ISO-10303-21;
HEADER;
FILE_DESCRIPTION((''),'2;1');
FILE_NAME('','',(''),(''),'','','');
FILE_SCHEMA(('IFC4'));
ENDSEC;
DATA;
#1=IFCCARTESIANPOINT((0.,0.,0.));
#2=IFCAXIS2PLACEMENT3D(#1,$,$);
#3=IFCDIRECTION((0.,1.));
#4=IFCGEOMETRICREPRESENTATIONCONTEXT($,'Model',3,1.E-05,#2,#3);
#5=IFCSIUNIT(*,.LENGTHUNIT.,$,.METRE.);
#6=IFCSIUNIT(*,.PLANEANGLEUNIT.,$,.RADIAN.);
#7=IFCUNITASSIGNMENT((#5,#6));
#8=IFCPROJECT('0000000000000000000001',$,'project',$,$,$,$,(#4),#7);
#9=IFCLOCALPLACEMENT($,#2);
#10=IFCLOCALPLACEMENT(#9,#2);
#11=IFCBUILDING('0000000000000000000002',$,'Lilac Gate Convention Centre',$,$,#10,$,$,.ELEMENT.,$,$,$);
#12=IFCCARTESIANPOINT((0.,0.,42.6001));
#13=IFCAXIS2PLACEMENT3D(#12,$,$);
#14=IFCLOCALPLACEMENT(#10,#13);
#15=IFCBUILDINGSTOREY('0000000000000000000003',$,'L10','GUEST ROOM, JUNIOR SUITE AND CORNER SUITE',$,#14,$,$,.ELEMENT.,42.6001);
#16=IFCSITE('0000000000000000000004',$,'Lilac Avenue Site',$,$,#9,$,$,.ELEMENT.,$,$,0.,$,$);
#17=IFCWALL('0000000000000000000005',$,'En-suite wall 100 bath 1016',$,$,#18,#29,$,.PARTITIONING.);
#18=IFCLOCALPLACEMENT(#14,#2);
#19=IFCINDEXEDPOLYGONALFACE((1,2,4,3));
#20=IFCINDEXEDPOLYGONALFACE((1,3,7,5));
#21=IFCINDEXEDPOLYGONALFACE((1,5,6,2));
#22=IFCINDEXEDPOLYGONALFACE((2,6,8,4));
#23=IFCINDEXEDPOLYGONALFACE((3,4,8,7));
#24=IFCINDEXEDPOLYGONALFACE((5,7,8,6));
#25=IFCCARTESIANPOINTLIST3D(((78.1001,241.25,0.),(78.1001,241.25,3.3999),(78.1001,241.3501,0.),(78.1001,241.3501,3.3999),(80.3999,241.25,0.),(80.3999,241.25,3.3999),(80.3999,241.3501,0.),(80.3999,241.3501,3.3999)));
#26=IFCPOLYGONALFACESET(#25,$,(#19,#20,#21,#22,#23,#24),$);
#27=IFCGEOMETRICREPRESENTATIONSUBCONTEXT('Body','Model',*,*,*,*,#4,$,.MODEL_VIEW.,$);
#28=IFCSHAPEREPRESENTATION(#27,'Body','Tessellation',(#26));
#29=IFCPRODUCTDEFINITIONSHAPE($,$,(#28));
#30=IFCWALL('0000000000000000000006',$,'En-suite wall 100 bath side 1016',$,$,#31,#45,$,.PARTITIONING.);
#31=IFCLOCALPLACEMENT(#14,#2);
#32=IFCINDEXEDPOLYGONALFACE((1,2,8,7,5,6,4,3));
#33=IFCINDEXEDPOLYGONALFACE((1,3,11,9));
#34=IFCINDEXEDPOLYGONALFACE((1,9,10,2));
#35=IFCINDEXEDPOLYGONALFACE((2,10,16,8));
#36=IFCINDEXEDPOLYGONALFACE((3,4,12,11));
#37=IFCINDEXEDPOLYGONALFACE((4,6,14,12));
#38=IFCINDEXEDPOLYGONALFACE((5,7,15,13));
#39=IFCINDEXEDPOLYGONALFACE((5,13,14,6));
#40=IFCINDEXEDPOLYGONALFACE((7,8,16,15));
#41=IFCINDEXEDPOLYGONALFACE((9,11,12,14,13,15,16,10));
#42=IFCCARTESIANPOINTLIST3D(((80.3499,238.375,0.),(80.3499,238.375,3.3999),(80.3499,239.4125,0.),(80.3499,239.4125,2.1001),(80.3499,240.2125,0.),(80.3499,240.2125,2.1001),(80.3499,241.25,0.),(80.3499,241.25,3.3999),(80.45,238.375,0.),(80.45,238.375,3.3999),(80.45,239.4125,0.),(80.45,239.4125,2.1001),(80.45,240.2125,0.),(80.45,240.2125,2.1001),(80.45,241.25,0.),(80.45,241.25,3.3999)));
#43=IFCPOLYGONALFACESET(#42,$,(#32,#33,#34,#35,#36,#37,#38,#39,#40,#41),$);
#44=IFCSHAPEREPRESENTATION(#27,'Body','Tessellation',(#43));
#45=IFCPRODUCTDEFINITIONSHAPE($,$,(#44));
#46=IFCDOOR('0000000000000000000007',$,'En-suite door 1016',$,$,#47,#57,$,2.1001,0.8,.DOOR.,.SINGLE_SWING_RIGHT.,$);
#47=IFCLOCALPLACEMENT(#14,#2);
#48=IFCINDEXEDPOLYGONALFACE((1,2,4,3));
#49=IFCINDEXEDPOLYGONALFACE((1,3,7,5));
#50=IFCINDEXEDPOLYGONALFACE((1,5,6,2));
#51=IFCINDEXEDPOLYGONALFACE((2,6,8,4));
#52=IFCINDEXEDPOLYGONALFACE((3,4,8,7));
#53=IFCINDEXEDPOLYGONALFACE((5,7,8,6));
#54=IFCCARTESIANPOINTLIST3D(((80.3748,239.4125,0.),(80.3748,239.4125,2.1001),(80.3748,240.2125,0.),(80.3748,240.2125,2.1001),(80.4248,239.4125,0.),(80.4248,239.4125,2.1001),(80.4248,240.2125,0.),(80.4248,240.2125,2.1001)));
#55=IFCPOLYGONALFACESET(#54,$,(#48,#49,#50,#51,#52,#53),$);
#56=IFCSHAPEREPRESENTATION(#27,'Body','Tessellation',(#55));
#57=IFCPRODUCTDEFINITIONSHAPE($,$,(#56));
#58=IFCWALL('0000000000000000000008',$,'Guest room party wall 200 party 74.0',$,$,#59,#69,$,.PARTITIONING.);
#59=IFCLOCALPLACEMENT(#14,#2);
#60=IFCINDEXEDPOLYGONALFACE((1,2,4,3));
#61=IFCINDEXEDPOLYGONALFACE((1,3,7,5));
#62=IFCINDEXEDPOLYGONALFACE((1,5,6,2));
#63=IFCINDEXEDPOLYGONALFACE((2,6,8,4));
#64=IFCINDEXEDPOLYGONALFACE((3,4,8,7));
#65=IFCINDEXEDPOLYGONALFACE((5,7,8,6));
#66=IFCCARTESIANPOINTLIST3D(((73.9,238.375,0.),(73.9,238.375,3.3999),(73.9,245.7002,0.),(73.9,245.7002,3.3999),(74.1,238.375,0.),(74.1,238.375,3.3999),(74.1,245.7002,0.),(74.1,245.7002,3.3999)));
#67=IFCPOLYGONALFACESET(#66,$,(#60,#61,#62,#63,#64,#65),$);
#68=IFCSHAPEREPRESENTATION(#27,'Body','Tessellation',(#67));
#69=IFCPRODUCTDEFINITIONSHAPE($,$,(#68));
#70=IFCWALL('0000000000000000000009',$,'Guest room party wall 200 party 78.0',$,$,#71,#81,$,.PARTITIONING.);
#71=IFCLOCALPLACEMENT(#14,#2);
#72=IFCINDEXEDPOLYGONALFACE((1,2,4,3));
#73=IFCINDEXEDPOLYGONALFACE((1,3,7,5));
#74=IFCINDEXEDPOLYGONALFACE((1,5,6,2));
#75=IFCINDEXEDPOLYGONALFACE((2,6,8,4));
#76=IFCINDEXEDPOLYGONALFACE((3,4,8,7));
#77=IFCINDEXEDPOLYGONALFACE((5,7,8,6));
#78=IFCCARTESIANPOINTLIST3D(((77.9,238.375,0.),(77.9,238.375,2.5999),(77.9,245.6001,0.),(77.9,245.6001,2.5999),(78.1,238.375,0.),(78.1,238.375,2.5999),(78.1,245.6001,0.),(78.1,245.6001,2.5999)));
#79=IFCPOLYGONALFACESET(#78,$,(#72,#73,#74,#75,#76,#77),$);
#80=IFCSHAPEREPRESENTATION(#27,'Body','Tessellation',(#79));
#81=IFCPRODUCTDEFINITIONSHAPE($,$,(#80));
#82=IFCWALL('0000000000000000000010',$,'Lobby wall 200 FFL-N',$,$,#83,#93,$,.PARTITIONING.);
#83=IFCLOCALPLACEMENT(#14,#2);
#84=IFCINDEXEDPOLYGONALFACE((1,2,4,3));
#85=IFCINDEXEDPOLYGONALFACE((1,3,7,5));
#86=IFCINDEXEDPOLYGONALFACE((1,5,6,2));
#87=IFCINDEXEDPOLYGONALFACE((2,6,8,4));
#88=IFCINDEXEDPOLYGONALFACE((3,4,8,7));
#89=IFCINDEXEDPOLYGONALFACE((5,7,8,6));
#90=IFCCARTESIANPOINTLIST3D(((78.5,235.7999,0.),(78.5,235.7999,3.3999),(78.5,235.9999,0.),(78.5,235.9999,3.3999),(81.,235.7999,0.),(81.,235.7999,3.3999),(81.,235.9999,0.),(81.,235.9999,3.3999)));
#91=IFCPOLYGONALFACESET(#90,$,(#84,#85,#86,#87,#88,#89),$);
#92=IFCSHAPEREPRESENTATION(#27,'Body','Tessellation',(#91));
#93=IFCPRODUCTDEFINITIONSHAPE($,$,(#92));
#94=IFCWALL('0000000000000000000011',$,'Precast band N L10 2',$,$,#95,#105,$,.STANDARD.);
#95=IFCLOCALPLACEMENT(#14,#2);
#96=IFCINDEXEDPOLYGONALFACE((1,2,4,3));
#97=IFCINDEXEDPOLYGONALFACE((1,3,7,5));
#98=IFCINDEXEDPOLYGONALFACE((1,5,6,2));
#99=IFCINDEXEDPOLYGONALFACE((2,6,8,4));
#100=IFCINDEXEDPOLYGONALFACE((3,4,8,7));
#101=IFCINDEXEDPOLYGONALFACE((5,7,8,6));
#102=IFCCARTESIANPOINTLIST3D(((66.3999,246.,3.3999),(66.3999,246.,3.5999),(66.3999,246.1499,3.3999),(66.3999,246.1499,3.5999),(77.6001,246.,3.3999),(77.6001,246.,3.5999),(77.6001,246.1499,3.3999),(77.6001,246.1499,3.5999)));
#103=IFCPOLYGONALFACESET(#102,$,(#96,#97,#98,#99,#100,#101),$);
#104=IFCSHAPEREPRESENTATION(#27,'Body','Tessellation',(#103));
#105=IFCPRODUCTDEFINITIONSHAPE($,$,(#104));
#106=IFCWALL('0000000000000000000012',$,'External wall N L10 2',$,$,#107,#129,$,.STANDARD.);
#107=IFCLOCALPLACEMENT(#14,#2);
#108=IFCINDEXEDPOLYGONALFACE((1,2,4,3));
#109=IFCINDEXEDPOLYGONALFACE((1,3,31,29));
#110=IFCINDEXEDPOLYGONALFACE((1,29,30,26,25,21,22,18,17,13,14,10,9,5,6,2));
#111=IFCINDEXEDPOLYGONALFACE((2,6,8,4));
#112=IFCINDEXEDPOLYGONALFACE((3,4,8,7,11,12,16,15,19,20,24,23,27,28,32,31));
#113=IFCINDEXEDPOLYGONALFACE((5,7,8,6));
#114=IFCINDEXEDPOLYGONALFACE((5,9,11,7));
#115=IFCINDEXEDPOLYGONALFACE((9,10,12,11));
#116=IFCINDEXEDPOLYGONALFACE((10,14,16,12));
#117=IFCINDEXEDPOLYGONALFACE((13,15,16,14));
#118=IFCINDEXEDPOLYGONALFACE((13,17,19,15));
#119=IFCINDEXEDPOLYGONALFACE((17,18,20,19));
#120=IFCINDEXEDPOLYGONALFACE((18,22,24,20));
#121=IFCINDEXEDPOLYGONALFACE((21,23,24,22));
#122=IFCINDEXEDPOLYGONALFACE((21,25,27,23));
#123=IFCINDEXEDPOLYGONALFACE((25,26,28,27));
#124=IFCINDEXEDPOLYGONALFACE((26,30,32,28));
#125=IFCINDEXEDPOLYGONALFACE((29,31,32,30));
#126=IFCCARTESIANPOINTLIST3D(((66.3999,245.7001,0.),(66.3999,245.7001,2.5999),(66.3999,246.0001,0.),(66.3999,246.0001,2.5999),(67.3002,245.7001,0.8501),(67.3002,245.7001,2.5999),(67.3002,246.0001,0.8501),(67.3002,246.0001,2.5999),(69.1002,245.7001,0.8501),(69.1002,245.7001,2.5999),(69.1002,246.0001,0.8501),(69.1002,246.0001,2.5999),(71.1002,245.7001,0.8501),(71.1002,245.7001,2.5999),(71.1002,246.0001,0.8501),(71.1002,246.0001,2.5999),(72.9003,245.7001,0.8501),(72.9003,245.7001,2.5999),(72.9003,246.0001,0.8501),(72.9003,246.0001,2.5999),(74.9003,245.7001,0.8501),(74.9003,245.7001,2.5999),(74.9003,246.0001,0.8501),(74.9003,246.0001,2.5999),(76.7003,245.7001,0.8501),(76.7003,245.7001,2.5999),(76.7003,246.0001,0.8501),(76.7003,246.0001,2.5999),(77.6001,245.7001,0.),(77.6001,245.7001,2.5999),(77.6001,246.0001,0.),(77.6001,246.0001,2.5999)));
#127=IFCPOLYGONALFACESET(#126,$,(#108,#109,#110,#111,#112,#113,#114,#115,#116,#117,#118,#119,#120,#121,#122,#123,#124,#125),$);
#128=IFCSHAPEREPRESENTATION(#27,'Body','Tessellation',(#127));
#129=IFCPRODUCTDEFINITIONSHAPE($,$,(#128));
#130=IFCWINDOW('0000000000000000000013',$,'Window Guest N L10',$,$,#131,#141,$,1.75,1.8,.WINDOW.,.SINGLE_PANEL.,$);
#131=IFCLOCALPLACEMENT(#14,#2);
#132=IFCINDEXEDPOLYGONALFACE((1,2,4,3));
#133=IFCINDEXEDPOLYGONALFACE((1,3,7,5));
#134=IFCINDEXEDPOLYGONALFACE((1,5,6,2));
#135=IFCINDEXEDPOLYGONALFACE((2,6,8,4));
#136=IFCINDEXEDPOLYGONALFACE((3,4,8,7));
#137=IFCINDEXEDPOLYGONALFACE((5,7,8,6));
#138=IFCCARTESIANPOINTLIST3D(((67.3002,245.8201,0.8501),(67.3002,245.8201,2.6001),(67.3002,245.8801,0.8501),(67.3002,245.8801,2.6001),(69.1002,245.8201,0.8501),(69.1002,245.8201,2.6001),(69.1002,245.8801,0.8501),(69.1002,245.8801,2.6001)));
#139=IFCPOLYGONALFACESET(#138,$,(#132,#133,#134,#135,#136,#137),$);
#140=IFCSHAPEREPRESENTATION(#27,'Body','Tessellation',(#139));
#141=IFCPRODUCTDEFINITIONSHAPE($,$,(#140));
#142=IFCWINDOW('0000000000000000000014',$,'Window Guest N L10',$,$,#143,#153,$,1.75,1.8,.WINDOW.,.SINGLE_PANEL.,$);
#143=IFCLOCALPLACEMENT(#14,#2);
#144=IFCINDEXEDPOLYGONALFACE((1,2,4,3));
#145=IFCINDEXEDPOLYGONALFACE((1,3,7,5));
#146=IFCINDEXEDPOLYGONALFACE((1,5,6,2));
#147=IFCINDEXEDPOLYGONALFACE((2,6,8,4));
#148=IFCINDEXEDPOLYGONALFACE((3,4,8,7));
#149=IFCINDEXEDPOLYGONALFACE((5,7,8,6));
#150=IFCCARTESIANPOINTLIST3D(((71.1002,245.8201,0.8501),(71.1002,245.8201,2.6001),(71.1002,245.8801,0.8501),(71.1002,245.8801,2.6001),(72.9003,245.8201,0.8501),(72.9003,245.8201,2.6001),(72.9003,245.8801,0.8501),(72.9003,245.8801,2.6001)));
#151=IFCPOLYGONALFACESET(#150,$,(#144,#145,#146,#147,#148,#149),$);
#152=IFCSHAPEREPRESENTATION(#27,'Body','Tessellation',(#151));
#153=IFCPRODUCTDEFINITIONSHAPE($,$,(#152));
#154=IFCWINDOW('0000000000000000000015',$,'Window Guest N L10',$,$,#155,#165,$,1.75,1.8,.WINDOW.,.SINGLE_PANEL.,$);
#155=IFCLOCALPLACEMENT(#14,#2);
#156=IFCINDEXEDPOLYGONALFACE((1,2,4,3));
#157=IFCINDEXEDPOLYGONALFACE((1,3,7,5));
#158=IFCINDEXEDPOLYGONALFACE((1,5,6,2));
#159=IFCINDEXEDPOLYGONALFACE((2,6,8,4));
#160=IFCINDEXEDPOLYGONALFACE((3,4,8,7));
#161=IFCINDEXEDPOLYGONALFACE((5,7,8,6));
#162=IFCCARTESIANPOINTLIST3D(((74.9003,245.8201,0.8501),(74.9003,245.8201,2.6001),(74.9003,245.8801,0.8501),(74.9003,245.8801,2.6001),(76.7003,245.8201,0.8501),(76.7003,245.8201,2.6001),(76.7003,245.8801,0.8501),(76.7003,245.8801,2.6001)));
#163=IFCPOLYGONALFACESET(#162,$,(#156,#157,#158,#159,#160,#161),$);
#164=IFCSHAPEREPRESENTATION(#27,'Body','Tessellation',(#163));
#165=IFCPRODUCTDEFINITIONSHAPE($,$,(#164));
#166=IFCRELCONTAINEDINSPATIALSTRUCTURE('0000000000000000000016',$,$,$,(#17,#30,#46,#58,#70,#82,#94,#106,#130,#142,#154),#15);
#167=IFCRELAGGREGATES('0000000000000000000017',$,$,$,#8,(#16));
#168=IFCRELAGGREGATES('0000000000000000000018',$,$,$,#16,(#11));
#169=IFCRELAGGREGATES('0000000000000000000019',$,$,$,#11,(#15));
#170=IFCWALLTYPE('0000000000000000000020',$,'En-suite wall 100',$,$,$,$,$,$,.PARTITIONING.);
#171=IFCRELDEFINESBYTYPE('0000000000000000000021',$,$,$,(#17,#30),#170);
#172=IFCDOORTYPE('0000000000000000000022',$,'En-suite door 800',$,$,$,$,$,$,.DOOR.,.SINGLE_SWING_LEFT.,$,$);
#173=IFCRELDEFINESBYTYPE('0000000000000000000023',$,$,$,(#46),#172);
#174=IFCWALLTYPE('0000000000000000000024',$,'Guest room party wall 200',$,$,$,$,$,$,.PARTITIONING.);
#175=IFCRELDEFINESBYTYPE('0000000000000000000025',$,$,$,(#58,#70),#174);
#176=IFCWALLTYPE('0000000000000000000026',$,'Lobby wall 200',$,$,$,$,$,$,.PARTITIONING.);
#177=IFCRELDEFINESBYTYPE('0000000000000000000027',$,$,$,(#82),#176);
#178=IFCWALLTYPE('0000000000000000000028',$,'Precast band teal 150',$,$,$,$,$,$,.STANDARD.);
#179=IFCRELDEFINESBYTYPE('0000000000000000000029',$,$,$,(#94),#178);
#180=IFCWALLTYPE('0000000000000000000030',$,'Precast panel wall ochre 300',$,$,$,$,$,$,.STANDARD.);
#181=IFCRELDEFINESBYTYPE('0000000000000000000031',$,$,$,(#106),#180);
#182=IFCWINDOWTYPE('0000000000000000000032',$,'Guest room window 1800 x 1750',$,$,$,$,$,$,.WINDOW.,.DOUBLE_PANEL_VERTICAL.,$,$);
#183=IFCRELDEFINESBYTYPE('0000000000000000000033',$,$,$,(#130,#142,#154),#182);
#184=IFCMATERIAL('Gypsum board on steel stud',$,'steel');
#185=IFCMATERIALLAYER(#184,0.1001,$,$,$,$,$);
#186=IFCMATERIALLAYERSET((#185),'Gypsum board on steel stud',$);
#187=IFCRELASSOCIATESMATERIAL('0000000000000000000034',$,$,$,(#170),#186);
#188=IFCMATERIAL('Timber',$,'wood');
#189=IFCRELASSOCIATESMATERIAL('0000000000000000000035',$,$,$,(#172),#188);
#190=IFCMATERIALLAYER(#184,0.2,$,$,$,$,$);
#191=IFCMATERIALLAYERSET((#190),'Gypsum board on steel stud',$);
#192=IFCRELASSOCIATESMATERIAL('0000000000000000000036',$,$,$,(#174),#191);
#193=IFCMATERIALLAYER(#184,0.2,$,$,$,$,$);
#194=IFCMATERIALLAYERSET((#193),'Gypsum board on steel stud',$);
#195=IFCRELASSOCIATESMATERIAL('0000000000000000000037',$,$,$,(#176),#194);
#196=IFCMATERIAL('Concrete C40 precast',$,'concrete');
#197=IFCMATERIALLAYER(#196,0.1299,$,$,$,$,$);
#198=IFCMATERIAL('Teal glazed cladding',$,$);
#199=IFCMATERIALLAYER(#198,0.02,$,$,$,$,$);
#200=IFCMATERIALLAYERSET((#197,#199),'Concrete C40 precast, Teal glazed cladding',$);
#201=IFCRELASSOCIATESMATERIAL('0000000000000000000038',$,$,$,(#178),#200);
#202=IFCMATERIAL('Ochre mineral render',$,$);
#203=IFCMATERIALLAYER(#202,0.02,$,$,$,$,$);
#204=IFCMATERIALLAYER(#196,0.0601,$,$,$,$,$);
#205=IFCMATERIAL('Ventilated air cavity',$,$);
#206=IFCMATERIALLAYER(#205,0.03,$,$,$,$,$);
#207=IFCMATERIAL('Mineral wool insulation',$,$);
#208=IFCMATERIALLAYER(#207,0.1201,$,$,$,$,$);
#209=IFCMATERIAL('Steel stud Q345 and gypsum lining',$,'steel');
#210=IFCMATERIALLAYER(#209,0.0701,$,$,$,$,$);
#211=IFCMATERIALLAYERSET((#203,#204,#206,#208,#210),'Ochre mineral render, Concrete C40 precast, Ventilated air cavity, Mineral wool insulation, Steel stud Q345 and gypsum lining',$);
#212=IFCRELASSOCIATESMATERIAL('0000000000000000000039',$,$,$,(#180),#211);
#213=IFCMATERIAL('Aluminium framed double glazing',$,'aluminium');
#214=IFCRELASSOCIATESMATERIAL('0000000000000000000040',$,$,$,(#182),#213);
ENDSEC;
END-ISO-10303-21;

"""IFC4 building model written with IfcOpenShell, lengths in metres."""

from ifc_helpers import new_model, si_unit, direction, frame, frame_2d, origin, place, context, subcontext, project, spatial, rectangle, extrude, material, layer, layer_set, type_object, element, fill, save


model = new_model("IFC4")

# Units and contexts
model_context = context("Model", 3, precision=1e-05, world=origin(), true_north=direction((0.0, 1.0)))
body_context = subcontext(model_context, "Body", "Model", "MODEL_VIEW")
ifc_project = project(units=[si_unit("LENGTHUNIT", "METRE"), si_unit("PLANEANGLEUNIT", "RADIAN")], contexts=[model_context])

# Site, building, storey
site_placement = place(None, origin())
site = spatial("IfcSite", under=ifc_project, at=site_placement, Name="Lilac Avenue Site", CompositionType="ELEMENT", RefElevation=0.0)
building_placement = place(site_placement, origin())
building = spatial("IfcBuilding", under=site, at=building_placement, Name="Lilac Gate Convention Centre", CompositionType="ELEMENT")
storey_placement = place(building_placement, frame((0.0, 0.0, 42.6001)))
storey = spatial("IfcBuildingStorey", under=building, at=storey_placement, Name="L10", Description="GUEST ROOM, JUNIOR SUITE AND CORNER SUITE", CompositionType="ELEMENT", Elevation=42.6001)

# Shared definitions
ifc_material_1 = material(Name="Gypsum board on steel stud", Category="steel")
ifc_material_2 = material(Name="Timber", Category="wood")

# Shared definitions
ifc_layer_1 = layer(ifc_material_1, 0.1001)
ifc_layer_set_1 = layer_set([ifc_layer_1], Name="Gypsum board on steel stud")
wall_type_1 = type_object("IfcWallType", Name="En-suite wall 100", PredefinedType="PARTITIONING", material=ifc_layer_set_1)

# Shared definitions
door_type_1 = type_object("IfcDoorType", Name="En-suite door 800", OperationType="SINGLE_SWING_LEFT", PredefinedType="DOOR", material=ifc_material_2)

# Wall
wall_1_placement = place(storey_placement, frame((78.1001, 241.3, 0.0), z_axis=(0.0, 0.0, 1.0), x_axis=(1.0, 0.0, 0.0)))
element("IfcWall", 1, at=wall_1_placement, inside=storey, type_object=wall_type_1, Name="En-suite wall 100 bath 1016", PredefinedType="PARTITIONING", context=body_context, shape_type="SweptSolid", body=[
    extrude(rectangle(XDim=2.2998, YDim=0.1001, at=frame_2d((1.1499, 0.0))), origin(), (0.0, 0.0, 1.0), 3.3999),
])

# Wall, opening, door
wall_2_placement = place(storey_placement, frame((80.3999, 241.25, 0.0), z_axis=(0.0, 0.0, 1.0), x_axis=(0.0, -1.0, 0.0)))
wall_2 = element("IfcWall", 2, at=wall_2_placement, inside=storey, type_object=wall_type_1, Name="En-suite wall 100 bath side 1016", PredefinedType="PARTITIONING", context=body_context, shape_type="SweptSolid", body=[
    extrude(rectangle(XDim=2.875, YDim=0.1001, at=frame_2d((1.4375, 0.0))), origin(), (0.0, 0.0, 1.0), 3.3999),
])
opening_1_placement = place(wall_2_placement, frame((1.0376, 0.0, 0.0)))
opening_1 = element("IfcOpeningElement", 3, at=opening_1_placement, cuts=wall_2, PredefinedType="OPENING", context=body_context, shape_type="SweptSolid", body=[
    extrude(rectangle(XDim=0.8, YDim=2.1001, at=frame_2d((0.3999, 1.05))), frame((0.0, 0.0601, 0.0), z_axis=(0.0, -1.0, 0.0), x_axis=(1.0, 0.0, 0.0)), (0.0, 0.0, 1.0), 0.1201),
])
door_1_placement = place(opening_1_placement, origin())
door_1 = element("IfcDoor", 4, at=door_1_placement, inside=storey, type_object=door_type_1, Name="En-suite door 1016", OperationType="SINGLE_SWING_RIGHT", OverallHeight=2.1001, OverallWidth=0.8, PredefinedType="DOOR", context=body_context, shape_type="SweptSolid", body=[
    extrude(rectangle(XDim=0.8, YDim=2.1001, at=frame_2d((0.3999, 1.05))), frame((0.0, 0.0249, 0.0), z_axis=(0.0, -1.0, 0.0), x_axis=(1.0, 0.0, 0.0)), (0.0, 0.0, 1.0), 0.05),
])
fill(opening_1, door_1)

# Walls
ifc_layer_2 = layer(ifc_material_1, 0.2)
ifc_layer_set_2 = layer_set([ifc_layer_2], Name="Gypsum board on steel stud")
wall_type_2 = type_object("IfcWallType", Name="Guest room party wall 200", PredefinedType="PARTITIONING", material=ifc_layer_set_2)
wall_3_placement = place(storey_placement, frame((74.0, 245.7002, 0.0), z_axis=(0.0, 0.0, 1.0), x_axis=(0.0, -1.0, 0.0)))
element("IfcWall", 5, at=wall_3_placement, inside=storey, type_object=wall_type_2, Name="Guest room party wall 200 party 74.0", PredefinedType="PARTITIONING", context=body_context, shape_type="SweptSolid", body=[
    extrude(rectangle(XDim=7.3252, YDim=0.2, at=frame_2d((3.6626, 0.0))), origin(), (0.0, 0.0, 1.0), 3.3999),
])
wall_4_placement = place(storey_placement, frame((78.0, 245.6001, 0.0), z_axis=(0.0, 0.0, 1.0), x_axis=(0.0, -1.0, 0.0)))
element("IfcWall", 6, at=wall_4_placement, inside=storey, type_object=wall_type_2, Name="Guest room party wall 200 party 78.0", PredefinedType="PARTITIONING", context=body_context, shape_type="SweptSolid", body=[
    extrude(rectangle(XDim=7.2251, YDim=0.2, at=frame_2d((3.6125, 0.0))), origin(), (0.0, 0.0, 1.0), 2.5999),
])
ifc_layer_3 = layer(ifc_material_1, 0.2)
ifc_layer_set_3 = layer_set([ifc_layer_3], Name="Gypsum board on steel stud")
wall_type_3 = type_object("IfcWallType", Name="Lobby wall 200", PredefinedType="PARTITIONING", material=ifc_layer_set_3)
wall_5_placement = place(storey_placement, frame((78.5, 235.8999, 0.0), z_axis=(0.0, 0.0, 1.0), x_axis=(1.0, 0.0, 0.0)))
element("IfcWall", 7, at=wall_5_placement, inside=storey, type_object=wall_type_3, Name="Lobby wall 200 FFL-N", PredefinedType="PARTITIONING", context=body_context, shape_type="SweptSolid", body=[
    extrude(rectangle(XDim=2.5, YDim=0.2, at=frame_2d((1.25, 0.0))), origin(), (0.0, 0.0, 1.0), 3.3999),
])
ifc_material_3 = material(Name="Concrete C40 precast", Category="concrete")
ifc_layer_4 = layer(ifc_material_3, 0.1299)
ifc_material_4 = material(Name="Teal glazed cladding")
ifc_layer_5 = layer(ifc_material_4, 0.02)
ifc_layer_set_4 = layer_set([ifc_layer_4, ifc_layer_5], Name="Concrete C40 precast, Teal glazed cladding")
wall_type_4 = type_object("IfcWallType", Name="Precast band teal 150", PredefinedType="STANDARD", material=ifc_layer_set_4)
wall_6_placement = place(storey_placement, frame((77.6001, 246.075, 3.3999), z_axis=(0.0, 0.0, 1.0), x_axis=(-1.0, 0.0, 0.0)))
element("IfcWall", 8, at=wall_6_placement, inside=storey, type_object=wall_type_4, Name="Precast band N L10 2", PredefinedType="STANDARD", context=body_context, shape_type="SweptSolid", body=[
    extrude(rectangle(XDim=11.2002, YDim=0.1499, at=frame_2d((5.6001, 0.0))), origin(), (0.0, 0.0, 1.0), 0.2),
])

# Wall, openings, windows
ifc_material_5 = material(Name="Ochre mineral render")
ifc_layer_6 = layer(ifc_material_5, 0.02)
ifc_layer_7 = layer(ifc_material_3, 0.0601)
ifc_material_6 = material(Name="Ventilated air cavity")
ifc_layer_8 = layer(ifc_material_6, 0.03)
ifc_material_7 = material(Name="Mineral wool insulation")
ifc_layer_9 = layer(ifc_material_7, 0.1201)
ifc_material_8 = material(Name="Steel stud Q345 and gypsum lining", Category="steel")
ifc_layer_10 = layer(ifc_material_8, 0.0701)
ifc_layer_set_5 = layer_set([ifc_layer_6, ifc_layer_7, ifc_layer_8, ifc_layer_9, ifc_layer_10], Name="Ochre mineral render, Concrete C40 precast, Ventilated air cavity, Mineral wool insulation, Steel stud Q345 and gypsum lining")
wall_type_5 = type_object("IfcWallType", Name="Precast panel wall ochre 300", PredefinedType="STANDARD", material=ifc_layer_set_5)
wall_7_placement = place(storey_placement, frame((77.6001, 245.8501, 0.0), z_axis=(0.0, 0.0, 1.0), x_axis=(-1.0, 0.0, 0.0)))
wall_7 = element("IfcWall", 9, at=wall_7_placement, inside=storey, type_object=wall_type_5, Name="External wall N L10 2", PredefinedType="STANDARD", context=body_context, shape_type="SweptSolid", body=[
    extrude(rectangle(XDim=11.2002, YDim=0.3, at=frame_2d((5.6001, 0.0))), origin(), (0.0, 0.0, 1.0), 2.5999),
])
opening_2_placement = place(wall_7_placement, frame((8.5, 0.0, 0.8501)))
opening_2 = element("IfcOpeningElement", 10, at=opening_2_placement, cuts=wall_7, PredefinedType="OPENING", context=body_context, shape_type="SweptSolid", body=[
    extrude(rectangle(XDim=1.8, YDim=1.75, at=frame_2d((0.8999, 0.875))), frame((0.0, 0.1599, 0.0), z_axis=(0.0, -1.0, 0.0), x_axis=(1.0, 0.0, 0.0)), (0.0, 0.0, 1.0), 0.3201),
])
opening_3_placement = place(wall_7_placement, frame((4.7, 0.0, 0.8501)))
opening_3 = element("IfcOpeningElement", 11, at=opening_3_placement, cuts=wall_7, PredefinedType="OPENING", context=body_context, shape_type="SweptSolid", body=[
    extrude(rectangle(XDim=1.8, YDim=1.75, at=frame_2d((0.8999, 0.875))), frame((0.0, 0.1599, 0.0), z_axis=(0.0, -1.0, 0.0), x_axis=(1.0, 0.0, 0.0)), (0.0, 0.0, 1.0), 0.3201),
])
opening_4_placement = place(wall_7_placement, frame((0.8999, 0.0, 0.8501)))
opening_4 = element("IfcOpeningElement", 12, at=opening_4_placement, cuts=wall_7, PredefinedType="OPENING", context=body_context, shape_type="SweptSolid", body=[
    extrude(rectangle(XDim=1.8, YDim=1.75, at=frame_2d((0.8999, 0.875))), frame((0.0, 0.1599, 0.0), z_axis=(0.0, -1.0, 0.0), x_axis=(1.0, 0.0, 0.0)), (0.0, 0.0, 1.0), 0.3201),
])
ifc_material_9 = material(Name="Aluminium framed double glazing", Category="aluminium")
window_type = type_object("IfcWindowType", Name="Guest room window 1800 x 1750", PartitioningType="DOUBLE_PANEL_VERTICAL", PredefinedType="WINDOW", material=ifc_material_9)
window_1_placement = place(opening_2_placement, origin())
window_1 = element("IfcWindow", 13, at=window_1_placement, inside=storey, type_object=window_type, Name="Window Guest N L10", OverallHeight=1.75, OverallWidth=1.8, PartitioningType="SINGLE_PANEL", PredefinedType="WINDOW", context=body_context, shape_type="SweptSolid", body=[
    extrude(rectangle(XDim=1.8, YDim=1.75, at=frame_2d((0.8999, 0.875))), frame((0.0, 0.03, 0.0), z_axis=(0.0, -1.0, 0.0), x_axis=(1.0, 0.0, 0.0)), (0.0, 0.0, 1.0), 0.0601),
])
fill(opening_2, window_1)
window_2_placement = place(opening_3_placement, origin())
window_2 = element("IfcWindow", 14, at=window_2_placement, inside=storey, type_object=window_type, Name="Window Guest N L10", OverallHeight=1.75, OverallWidth=1.8, PartitioningType="SINGLE_PANEL", PredefinedType="WINDOW", context=body_context, shape_type="SweptSolid", body=[
    extrude(rectangle(XDim=1.8, YDim=1.75, at=frame_2d((0.8999, 0.875))), frame((0.0, 0.03, 0.0), z_axis=(0.0, -1.0, 0.0), x_axis=(1.0, 0.0, 0.0)), (0.0, 0.0, 1.0), 0.0601),
])
fill(opening_3, window_2)
window_3_placement = place(opening_4_placement, origin())
window_3 = element("IfcWindow", 15, at=window_3_placement, inside=storey, type_object=window_type, Name="Window Guest N L10", OverallHeight=1.75, OverallWidth=1.8, PartitioningType="SINGLE_PANEL", PredefinedType="WINDOW", context=body_context, shape_type="SweptSolid", body=[
    extrude(rectangle(XDim=1.8, YDim=1.75, at=frame_2d((0.8999, 0.875))), frame((0.0, 0.03, 0.0), z_axis=(0.0, -1.0, 0.0), x_axis=(1.0, 0.0, 0.0)), (0.0, 0.0, 1.0), 0.0601),
])
fill(opening_4, window_3)

save(model, "model.ifc")
